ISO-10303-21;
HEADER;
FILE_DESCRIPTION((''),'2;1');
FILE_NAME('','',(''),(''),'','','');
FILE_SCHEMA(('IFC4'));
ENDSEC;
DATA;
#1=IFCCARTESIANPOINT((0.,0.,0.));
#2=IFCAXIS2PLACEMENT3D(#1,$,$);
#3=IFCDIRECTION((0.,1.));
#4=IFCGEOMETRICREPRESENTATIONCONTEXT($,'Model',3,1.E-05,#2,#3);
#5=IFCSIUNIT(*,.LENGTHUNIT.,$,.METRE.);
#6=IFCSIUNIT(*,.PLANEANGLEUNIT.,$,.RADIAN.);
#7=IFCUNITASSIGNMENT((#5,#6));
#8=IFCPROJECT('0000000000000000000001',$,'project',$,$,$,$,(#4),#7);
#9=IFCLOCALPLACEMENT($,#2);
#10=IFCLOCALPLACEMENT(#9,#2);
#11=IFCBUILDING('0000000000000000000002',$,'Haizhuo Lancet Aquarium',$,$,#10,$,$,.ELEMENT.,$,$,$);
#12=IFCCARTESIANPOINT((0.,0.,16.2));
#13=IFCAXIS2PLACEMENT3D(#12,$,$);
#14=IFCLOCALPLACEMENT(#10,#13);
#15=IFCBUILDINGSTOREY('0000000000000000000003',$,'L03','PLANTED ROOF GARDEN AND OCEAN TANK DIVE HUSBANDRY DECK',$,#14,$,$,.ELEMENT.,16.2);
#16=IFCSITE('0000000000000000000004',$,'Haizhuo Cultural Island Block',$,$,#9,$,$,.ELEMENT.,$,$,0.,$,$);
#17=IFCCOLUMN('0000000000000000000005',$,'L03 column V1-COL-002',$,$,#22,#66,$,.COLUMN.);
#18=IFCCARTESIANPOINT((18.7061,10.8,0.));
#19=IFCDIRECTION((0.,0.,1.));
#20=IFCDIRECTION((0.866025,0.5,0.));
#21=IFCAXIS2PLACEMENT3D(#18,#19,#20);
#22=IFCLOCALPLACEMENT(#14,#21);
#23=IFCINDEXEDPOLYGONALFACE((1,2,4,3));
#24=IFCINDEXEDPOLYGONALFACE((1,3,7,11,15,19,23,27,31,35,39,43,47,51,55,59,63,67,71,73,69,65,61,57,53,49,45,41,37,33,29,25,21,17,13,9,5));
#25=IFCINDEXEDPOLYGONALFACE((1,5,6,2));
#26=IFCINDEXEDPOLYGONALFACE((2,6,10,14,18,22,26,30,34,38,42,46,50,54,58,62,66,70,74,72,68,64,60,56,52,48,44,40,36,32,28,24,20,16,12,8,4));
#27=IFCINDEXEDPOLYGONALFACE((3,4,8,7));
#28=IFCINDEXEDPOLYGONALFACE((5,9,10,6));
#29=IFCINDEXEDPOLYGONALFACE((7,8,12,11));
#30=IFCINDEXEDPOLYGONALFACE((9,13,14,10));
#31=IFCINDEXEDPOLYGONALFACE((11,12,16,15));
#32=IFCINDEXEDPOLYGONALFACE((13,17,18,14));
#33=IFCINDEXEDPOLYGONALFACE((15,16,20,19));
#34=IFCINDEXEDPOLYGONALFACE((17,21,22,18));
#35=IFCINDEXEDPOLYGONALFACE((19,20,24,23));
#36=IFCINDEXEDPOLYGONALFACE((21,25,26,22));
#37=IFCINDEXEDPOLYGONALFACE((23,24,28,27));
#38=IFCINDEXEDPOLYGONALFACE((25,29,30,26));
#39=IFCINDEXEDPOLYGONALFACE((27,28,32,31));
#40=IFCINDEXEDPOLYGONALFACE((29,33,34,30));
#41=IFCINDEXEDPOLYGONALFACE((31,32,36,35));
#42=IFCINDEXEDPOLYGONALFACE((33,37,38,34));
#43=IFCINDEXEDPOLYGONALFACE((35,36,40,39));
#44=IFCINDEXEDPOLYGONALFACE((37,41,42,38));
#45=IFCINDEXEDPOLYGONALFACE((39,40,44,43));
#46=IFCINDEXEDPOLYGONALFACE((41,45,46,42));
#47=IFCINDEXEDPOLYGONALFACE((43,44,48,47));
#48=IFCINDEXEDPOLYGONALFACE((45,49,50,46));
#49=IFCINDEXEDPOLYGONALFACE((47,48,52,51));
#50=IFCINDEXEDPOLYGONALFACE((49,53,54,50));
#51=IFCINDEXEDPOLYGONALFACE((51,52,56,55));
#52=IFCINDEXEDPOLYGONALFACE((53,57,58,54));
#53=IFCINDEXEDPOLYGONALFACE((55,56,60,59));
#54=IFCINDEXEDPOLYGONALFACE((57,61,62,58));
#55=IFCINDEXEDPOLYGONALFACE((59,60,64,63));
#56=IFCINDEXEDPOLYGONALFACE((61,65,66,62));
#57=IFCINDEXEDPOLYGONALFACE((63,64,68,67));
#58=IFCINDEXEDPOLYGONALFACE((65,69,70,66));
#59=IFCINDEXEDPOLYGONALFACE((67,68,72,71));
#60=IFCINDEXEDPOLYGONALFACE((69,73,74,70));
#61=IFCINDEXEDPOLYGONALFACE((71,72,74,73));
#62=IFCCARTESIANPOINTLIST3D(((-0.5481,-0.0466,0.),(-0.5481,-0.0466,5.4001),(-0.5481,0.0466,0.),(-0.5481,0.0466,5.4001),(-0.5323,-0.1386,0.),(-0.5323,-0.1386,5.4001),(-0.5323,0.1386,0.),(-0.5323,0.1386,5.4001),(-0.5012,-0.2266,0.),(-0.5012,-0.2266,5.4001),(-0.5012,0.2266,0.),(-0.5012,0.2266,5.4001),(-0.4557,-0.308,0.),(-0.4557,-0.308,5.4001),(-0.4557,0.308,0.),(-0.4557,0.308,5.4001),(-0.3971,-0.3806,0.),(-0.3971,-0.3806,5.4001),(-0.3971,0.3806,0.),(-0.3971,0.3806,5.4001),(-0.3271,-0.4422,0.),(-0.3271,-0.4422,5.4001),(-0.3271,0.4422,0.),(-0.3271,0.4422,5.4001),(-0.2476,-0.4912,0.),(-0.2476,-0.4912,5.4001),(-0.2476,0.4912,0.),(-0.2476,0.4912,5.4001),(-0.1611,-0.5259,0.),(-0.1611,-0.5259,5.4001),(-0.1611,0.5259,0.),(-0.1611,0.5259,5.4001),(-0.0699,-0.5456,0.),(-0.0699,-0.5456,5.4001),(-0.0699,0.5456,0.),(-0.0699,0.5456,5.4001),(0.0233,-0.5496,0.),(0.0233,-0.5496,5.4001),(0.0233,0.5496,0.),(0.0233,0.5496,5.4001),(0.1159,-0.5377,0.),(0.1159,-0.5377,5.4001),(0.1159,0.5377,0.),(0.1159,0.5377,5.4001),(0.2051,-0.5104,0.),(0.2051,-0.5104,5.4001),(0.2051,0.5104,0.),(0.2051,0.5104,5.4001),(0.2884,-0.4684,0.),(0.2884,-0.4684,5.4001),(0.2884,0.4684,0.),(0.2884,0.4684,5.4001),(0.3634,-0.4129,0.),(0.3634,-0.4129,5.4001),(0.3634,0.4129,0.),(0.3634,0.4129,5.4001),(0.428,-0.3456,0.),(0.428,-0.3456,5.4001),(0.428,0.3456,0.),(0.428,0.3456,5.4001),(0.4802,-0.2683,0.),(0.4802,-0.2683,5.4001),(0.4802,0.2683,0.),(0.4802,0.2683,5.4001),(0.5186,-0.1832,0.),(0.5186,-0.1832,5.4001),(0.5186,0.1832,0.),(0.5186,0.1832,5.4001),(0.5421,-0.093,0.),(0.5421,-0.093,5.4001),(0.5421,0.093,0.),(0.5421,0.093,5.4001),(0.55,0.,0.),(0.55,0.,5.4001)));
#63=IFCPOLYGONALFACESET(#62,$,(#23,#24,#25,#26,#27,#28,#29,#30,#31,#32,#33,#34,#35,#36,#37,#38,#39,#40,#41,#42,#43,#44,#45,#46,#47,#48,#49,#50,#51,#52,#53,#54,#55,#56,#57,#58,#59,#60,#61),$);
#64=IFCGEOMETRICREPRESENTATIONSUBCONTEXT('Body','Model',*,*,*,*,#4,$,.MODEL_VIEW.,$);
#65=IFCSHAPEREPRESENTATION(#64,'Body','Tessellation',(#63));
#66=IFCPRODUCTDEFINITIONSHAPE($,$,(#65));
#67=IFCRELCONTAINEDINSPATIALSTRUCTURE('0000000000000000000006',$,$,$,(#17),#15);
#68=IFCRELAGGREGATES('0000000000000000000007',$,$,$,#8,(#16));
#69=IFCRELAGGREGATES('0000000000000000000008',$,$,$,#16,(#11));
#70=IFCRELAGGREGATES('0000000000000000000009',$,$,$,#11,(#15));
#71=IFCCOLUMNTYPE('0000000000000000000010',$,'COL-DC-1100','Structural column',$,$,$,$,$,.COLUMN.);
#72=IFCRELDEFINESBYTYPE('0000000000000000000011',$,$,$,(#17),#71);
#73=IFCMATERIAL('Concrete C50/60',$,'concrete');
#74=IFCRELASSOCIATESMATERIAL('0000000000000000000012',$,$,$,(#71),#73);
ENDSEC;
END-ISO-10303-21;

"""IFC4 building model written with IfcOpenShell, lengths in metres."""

from ifc_helpers import new_model, si_unit, direction, frame, origin, origin_2d, place, context, subcontext, project, spatial, circle, extrude, material, material_profile, profile_set, type_object, element, save


model = new_model("IFC4")

# Units and contexts
model_context = context("Model", 3, precision=1e-05, world=origin(), true_north=direction((0.0, 1.0)))
body_context = subcontext(model_context, "Body", "Model", "MODEL_VIEW")
ifc_project = project(units=[si_unit("LENGTHUNIT", "METRE"), si_unit("PLANEANGLEUNIT", "RADIAN")], contexts=[model_context])

# Site, building, storey
site_placement = place(None, origin())
site = spatial("IfcSite", under=ifc_project, at=site_placement, Name="Haizhuo Cultural Island Block", CompositionType="ELEMENT", RefElevation=0.0)
building_placement = place(site_placement, origin())
building = spatial("IfcBuilding", under=site, at=building_placement, Name="Haizhuo Lancet Aquarium", CompositionType="ELEMENT")
storey_placement = place(building_placement, frame((0.0, 0.0, 16.2)))
storey = spatial("IfcBuildingStorey", under=building, at=storey_placement, Name="L03", Description="PLANTED ROOF GARDEN AND OCEAN TANK DIVE HUSBANDRY DECK", CompositionType="ELEMENT", Elevation=16.2)

# Column
ifc_material_1 = material(Name="Concrete C50/60", Category="concrete")
ifc_material_profile_1 = material_profile(ifc_material_1, circle(Radius=0.55, at=origin_2d()), Name="RC-DC 1100")
ifc_profile_set_1 = profile_set([ifc_material_profile_1], Name="Concrete C50/60")
column_type_1 = type_object("IfcColumnType", Name="COL-DC-1100", Description="Structural column", PredefinedType="COLUMN", material=ifc_profile_set_1)
for number, where, z_axis, x_axis, name in (
    (1, (18.7061, 10.8, 0.0), (0.0, 0.0, 1.0), (0.866025, 0.5, 0.0), "L03 column V1-COL-002"),
):
    element("IfcColumn", number, at=place(storey_placement, frame(where, z_axis=z_axis, x_axis=x_axis)), inside=storey, type_object=column_type_1, Name=name, PredefinedType="COLUMN", context=body_context, shape_type="SweptSolid", body=[
        extrude(circle(Radius=0.55, at=origin_2d()), origin(), (0.0, 0.0, 1.0), 5.4001),
    ])

save(model, "model.ifc")
